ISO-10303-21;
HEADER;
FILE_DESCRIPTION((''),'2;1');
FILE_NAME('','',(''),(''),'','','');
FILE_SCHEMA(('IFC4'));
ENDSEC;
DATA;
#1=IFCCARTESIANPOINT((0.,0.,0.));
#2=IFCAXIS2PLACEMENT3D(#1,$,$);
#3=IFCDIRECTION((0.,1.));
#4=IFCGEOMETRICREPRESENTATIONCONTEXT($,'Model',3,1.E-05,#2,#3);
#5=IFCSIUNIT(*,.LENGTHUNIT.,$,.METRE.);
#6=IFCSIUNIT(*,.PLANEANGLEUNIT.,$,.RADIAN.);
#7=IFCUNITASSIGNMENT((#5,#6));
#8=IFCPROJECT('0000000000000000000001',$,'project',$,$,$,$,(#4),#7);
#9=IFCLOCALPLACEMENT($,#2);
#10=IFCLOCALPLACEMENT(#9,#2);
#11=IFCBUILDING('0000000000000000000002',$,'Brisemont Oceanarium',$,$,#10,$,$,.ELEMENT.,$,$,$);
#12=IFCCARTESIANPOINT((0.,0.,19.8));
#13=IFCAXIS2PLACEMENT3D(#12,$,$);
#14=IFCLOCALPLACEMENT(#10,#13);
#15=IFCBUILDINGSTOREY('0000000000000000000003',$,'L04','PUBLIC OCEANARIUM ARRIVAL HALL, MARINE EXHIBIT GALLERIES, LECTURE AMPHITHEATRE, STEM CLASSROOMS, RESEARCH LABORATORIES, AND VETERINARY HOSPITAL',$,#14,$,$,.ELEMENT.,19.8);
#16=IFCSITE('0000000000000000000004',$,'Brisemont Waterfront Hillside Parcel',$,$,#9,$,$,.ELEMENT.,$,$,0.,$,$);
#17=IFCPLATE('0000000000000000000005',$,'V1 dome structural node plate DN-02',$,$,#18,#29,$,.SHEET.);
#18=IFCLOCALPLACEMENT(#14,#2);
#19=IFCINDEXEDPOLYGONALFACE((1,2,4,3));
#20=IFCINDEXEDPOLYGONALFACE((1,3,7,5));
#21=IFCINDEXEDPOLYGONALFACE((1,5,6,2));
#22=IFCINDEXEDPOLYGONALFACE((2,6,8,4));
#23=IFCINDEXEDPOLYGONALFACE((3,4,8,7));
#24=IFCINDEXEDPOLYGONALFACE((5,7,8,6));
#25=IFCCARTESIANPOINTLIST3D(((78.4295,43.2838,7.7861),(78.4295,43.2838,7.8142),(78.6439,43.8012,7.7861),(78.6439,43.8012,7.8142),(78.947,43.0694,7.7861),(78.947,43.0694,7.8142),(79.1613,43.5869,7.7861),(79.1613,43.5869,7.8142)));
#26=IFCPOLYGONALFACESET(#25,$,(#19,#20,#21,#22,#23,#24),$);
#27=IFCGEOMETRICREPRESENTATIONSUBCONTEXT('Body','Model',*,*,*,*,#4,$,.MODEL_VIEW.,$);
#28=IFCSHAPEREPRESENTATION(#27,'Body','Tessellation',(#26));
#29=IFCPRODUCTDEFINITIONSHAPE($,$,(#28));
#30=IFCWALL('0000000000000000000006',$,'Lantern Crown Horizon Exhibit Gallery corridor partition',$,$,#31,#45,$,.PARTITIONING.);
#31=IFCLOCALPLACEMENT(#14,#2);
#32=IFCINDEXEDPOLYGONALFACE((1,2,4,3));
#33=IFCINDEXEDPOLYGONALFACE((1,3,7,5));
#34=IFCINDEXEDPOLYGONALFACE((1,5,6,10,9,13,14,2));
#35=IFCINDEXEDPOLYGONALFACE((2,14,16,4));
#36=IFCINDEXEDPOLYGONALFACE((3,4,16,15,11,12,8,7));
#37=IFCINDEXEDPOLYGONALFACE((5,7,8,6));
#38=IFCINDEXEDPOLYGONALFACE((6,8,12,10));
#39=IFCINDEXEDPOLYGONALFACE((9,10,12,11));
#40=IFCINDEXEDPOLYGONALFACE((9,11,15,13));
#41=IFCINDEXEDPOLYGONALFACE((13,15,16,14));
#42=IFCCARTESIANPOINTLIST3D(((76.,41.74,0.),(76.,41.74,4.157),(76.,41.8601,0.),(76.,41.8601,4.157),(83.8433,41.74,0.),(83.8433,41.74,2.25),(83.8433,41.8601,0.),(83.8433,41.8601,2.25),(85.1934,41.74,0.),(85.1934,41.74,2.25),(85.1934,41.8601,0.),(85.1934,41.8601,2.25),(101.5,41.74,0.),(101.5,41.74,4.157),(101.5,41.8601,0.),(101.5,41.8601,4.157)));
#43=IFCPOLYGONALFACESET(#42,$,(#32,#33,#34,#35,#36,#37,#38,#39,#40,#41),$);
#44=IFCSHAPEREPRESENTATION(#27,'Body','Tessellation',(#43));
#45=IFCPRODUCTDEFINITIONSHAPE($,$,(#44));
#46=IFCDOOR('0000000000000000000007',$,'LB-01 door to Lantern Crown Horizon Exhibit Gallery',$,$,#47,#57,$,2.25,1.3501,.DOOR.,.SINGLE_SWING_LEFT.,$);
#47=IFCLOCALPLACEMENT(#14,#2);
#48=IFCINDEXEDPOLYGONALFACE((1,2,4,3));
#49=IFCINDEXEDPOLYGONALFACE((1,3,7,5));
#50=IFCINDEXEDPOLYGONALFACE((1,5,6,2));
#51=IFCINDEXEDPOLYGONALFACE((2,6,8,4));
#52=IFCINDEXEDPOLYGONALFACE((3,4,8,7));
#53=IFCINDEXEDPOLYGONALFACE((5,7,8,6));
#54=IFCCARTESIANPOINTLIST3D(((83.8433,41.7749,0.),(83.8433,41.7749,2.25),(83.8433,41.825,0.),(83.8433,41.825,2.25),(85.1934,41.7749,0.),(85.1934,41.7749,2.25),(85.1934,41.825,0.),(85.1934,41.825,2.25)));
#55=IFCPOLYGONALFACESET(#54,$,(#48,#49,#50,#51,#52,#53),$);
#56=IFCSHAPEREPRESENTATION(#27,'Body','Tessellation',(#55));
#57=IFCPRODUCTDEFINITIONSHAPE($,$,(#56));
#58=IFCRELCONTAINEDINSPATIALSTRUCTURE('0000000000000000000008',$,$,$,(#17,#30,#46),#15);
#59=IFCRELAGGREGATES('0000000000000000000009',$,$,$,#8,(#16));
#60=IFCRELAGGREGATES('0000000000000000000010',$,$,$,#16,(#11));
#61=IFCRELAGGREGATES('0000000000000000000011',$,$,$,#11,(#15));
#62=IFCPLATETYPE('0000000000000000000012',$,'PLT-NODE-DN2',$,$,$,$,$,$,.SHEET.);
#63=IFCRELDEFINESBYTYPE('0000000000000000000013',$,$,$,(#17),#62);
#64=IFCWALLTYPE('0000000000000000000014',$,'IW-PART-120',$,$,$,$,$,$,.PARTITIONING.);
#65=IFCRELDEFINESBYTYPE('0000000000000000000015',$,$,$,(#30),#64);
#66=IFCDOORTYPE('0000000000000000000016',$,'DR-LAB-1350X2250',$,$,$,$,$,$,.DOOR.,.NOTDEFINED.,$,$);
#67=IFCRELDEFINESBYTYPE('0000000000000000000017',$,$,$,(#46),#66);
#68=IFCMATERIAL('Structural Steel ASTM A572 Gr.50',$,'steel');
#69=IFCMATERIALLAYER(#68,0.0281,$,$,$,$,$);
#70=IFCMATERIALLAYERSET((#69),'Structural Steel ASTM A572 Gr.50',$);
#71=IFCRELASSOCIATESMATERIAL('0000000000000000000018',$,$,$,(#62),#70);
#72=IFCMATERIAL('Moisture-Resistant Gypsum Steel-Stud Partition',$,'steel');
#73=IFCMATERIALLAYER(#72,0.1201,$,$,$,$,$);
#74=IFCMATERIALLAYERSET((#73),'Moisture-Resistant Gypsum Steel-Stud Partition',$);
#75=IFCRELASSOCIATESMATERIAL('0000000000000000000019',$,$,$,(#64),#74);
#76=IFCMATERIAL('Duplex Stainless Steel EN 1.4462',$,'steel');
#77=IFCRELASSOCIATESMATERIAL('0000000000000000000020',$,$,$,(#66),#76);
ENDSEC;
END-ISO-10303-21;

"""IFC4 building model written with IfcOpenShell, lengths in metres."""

from ifc_helpers import new_model, si_unit, direction, frame, frame_2d, origin, origin_2d, place, context, subcontext, project, spatial, rectangle, extrude, material, layer, layer_set, type_object, element, fill, save


model = new_model("IFC4")

# Units and contexts
model_context = context("Model", 3, precision=1e-05, world=origin(), true_north=direction((0.0, 1.0)))
body_context = subcontext(model_context, "Body", "Model", "MODEL_VIEW")
ifc_project = project(units=[si_unit("LENGTHUNIT", "METRE"), si_unit("PLANEANGLEUNIT", "RADIAN")], contexts=[model_context])

# Site, building, storey
site_placement = place(None, origin())
site = spatial("IfcSite", under=ifc_project, at=site_placement, Name="Brisemont Waterfront Hillside Parcel", CompositionType="ELEMENT", RefElevation=0.0)
building_placement = place(site_placement, origin())
building = spatial("IfcBuilding", under=site, at=building_placement, Name="Brisemont Oceanarium", CompositionType="ELEMENT")
storey_placement = place(building_placement, frame((0.0, 0.0, 19.8)))
storey = spatial("IfcBuildingStorey", under=building, at=storey_placement, Name="L04", Description="PUBLIC OCEANARIUM ARRIVAL HALL, MARINE EXHIBIT GALLERIES, LECTURE AMPHITHEATRE, STEM CLASSROOMS, RESEARCH LABORATORIES, AND VETERINARY HOSPITAL", CompositionType="ELEMENT", Elevation=19.8)

# Plate
ifc_material_1 = material(Name="Structural Steel ASTM A572 Gr.50", Category="steel")
ifc_layer_1 = layer(ifc_material_1, 0.0281)
ifc_layer_set_1 = layer_set([ifc_layer_1], Name="Structural Steel ASTM A572 Gr.50")
plate_type_1 = type_object("IfcPlateType", Name="PLT-NODE-DN2", PredefinedType="SHEET", material=ifc_layer_set_1)
plate_1_placement = place(storey_placement, frame((78.7954, 43.4353, 7.7861), z_axis=(0.0, 0.0, 1.0), x_axis=(-0.382683, -0.92388, 0.0)))
element("IfcPlate", 1, at=plate_1_placement, inside=storey, type_object=plate_type_1, Name="V1 dome structural node plate DN-02", PredefinedType="SHEET", context=body_context, shape_type="SweptSolid", body=[
    extrude(rectangle(XDim=0.5601, YDim=0.5601, at=origin_2d()), origin(), (0.0, 0.0, 1.0), 0.0281),
])

# Wall, opening, door
ifc_material_2 = material(Name="Moisture-Resistant Gypsum Steel-Stud Partition", Category="steel")
ifc_layer_2 = layer(ifc_material_2, 0.1201)
ifc_layer_set_2 = layer_set([ifc_layer_2], Name="Moisture-Resistant Gypsum Steel-Stud Partition")
wall_type = type_object("IfcWallType", Name="IW-PART-120", PredefinedType="PARTITIONING", material=ifc_layer_set_2)
wall_placement = place(storey_placement, frame((76.0, 41.8, 0.0), z_axis=(0.0, 0.0, 1.0), x_axis=(1.0, 0.0, 0.0)))
wall = element("IfcWall", 2, at=wall_placement, inside=storey, type_object=wall_type, Name="Lantern Crown Horizon Exhibit Gallery corridor partition", PredefinedType="PARTITIONING", context=body_context, shape_type="SweptSolid", body=[
    extrude(rectangle(XDim=25.5, YDim=0.1201, at=frame_2d((12.75, 0.0))), origin(), (0.0, 0.0, 1.0), 4.157),
])
opening_placement = place(wall_placement, frame((7.8433, 0.0, 0.0)))
opening = element("IfcOpeningElement", 3, at=opening_placement, cuts=wall, PredefinedType="OPENING", context=body_context, shape_type="SweptSolid", body=[
    extrude(rectangle(XDim=1.3501, YDim=2.25, at=frame_2d((0.675, 1.125))), frame((0.0, 0.0701, 0.0), z_axis=(0.0, -1.0, 0.0), x_axis=(1.0, 0.0, 0.0)), (0.0, 0.0, 1.0), 0.1401),
])
ifc_material_3 = material(Name="Duplex Stainless Steel EN 1.4462", Category="steel")
door_type = type_object("IfcDoorType", Name="DR-LAB-1350X2250", OperationType="NOTDEFINED", PredefinedType="DOOR", material=ifc_material_3)
door_placement = place(opening_placement, origin())
door = element("IfcDoor", 4, at=door_placement, inside=storey, type_object=door_type, Name="LB-01 door to Lantern Crown Horizon Exhibit Gallery", OperationType="SINGLE_SWING_LEFT", OverallHeight=2.25, OverallWidth=1.3501, PredefinedType="DOOR", context=body_context, shape_type="SweptSolid", body=[
    extrude(rectangle(XDim=1.3501, YDim=2.25, at=frame_2d((0.675, 1.125))), frame((0.0, 0.0249, 0.0), z_axis=(0.0, -1.0, 0.0), x_axis=(1.0, 0.0, 0.0)), (0.0, 0.0, 1.0), 0.05),
])
fill(opening, door)

save(model, "model.ifc")
